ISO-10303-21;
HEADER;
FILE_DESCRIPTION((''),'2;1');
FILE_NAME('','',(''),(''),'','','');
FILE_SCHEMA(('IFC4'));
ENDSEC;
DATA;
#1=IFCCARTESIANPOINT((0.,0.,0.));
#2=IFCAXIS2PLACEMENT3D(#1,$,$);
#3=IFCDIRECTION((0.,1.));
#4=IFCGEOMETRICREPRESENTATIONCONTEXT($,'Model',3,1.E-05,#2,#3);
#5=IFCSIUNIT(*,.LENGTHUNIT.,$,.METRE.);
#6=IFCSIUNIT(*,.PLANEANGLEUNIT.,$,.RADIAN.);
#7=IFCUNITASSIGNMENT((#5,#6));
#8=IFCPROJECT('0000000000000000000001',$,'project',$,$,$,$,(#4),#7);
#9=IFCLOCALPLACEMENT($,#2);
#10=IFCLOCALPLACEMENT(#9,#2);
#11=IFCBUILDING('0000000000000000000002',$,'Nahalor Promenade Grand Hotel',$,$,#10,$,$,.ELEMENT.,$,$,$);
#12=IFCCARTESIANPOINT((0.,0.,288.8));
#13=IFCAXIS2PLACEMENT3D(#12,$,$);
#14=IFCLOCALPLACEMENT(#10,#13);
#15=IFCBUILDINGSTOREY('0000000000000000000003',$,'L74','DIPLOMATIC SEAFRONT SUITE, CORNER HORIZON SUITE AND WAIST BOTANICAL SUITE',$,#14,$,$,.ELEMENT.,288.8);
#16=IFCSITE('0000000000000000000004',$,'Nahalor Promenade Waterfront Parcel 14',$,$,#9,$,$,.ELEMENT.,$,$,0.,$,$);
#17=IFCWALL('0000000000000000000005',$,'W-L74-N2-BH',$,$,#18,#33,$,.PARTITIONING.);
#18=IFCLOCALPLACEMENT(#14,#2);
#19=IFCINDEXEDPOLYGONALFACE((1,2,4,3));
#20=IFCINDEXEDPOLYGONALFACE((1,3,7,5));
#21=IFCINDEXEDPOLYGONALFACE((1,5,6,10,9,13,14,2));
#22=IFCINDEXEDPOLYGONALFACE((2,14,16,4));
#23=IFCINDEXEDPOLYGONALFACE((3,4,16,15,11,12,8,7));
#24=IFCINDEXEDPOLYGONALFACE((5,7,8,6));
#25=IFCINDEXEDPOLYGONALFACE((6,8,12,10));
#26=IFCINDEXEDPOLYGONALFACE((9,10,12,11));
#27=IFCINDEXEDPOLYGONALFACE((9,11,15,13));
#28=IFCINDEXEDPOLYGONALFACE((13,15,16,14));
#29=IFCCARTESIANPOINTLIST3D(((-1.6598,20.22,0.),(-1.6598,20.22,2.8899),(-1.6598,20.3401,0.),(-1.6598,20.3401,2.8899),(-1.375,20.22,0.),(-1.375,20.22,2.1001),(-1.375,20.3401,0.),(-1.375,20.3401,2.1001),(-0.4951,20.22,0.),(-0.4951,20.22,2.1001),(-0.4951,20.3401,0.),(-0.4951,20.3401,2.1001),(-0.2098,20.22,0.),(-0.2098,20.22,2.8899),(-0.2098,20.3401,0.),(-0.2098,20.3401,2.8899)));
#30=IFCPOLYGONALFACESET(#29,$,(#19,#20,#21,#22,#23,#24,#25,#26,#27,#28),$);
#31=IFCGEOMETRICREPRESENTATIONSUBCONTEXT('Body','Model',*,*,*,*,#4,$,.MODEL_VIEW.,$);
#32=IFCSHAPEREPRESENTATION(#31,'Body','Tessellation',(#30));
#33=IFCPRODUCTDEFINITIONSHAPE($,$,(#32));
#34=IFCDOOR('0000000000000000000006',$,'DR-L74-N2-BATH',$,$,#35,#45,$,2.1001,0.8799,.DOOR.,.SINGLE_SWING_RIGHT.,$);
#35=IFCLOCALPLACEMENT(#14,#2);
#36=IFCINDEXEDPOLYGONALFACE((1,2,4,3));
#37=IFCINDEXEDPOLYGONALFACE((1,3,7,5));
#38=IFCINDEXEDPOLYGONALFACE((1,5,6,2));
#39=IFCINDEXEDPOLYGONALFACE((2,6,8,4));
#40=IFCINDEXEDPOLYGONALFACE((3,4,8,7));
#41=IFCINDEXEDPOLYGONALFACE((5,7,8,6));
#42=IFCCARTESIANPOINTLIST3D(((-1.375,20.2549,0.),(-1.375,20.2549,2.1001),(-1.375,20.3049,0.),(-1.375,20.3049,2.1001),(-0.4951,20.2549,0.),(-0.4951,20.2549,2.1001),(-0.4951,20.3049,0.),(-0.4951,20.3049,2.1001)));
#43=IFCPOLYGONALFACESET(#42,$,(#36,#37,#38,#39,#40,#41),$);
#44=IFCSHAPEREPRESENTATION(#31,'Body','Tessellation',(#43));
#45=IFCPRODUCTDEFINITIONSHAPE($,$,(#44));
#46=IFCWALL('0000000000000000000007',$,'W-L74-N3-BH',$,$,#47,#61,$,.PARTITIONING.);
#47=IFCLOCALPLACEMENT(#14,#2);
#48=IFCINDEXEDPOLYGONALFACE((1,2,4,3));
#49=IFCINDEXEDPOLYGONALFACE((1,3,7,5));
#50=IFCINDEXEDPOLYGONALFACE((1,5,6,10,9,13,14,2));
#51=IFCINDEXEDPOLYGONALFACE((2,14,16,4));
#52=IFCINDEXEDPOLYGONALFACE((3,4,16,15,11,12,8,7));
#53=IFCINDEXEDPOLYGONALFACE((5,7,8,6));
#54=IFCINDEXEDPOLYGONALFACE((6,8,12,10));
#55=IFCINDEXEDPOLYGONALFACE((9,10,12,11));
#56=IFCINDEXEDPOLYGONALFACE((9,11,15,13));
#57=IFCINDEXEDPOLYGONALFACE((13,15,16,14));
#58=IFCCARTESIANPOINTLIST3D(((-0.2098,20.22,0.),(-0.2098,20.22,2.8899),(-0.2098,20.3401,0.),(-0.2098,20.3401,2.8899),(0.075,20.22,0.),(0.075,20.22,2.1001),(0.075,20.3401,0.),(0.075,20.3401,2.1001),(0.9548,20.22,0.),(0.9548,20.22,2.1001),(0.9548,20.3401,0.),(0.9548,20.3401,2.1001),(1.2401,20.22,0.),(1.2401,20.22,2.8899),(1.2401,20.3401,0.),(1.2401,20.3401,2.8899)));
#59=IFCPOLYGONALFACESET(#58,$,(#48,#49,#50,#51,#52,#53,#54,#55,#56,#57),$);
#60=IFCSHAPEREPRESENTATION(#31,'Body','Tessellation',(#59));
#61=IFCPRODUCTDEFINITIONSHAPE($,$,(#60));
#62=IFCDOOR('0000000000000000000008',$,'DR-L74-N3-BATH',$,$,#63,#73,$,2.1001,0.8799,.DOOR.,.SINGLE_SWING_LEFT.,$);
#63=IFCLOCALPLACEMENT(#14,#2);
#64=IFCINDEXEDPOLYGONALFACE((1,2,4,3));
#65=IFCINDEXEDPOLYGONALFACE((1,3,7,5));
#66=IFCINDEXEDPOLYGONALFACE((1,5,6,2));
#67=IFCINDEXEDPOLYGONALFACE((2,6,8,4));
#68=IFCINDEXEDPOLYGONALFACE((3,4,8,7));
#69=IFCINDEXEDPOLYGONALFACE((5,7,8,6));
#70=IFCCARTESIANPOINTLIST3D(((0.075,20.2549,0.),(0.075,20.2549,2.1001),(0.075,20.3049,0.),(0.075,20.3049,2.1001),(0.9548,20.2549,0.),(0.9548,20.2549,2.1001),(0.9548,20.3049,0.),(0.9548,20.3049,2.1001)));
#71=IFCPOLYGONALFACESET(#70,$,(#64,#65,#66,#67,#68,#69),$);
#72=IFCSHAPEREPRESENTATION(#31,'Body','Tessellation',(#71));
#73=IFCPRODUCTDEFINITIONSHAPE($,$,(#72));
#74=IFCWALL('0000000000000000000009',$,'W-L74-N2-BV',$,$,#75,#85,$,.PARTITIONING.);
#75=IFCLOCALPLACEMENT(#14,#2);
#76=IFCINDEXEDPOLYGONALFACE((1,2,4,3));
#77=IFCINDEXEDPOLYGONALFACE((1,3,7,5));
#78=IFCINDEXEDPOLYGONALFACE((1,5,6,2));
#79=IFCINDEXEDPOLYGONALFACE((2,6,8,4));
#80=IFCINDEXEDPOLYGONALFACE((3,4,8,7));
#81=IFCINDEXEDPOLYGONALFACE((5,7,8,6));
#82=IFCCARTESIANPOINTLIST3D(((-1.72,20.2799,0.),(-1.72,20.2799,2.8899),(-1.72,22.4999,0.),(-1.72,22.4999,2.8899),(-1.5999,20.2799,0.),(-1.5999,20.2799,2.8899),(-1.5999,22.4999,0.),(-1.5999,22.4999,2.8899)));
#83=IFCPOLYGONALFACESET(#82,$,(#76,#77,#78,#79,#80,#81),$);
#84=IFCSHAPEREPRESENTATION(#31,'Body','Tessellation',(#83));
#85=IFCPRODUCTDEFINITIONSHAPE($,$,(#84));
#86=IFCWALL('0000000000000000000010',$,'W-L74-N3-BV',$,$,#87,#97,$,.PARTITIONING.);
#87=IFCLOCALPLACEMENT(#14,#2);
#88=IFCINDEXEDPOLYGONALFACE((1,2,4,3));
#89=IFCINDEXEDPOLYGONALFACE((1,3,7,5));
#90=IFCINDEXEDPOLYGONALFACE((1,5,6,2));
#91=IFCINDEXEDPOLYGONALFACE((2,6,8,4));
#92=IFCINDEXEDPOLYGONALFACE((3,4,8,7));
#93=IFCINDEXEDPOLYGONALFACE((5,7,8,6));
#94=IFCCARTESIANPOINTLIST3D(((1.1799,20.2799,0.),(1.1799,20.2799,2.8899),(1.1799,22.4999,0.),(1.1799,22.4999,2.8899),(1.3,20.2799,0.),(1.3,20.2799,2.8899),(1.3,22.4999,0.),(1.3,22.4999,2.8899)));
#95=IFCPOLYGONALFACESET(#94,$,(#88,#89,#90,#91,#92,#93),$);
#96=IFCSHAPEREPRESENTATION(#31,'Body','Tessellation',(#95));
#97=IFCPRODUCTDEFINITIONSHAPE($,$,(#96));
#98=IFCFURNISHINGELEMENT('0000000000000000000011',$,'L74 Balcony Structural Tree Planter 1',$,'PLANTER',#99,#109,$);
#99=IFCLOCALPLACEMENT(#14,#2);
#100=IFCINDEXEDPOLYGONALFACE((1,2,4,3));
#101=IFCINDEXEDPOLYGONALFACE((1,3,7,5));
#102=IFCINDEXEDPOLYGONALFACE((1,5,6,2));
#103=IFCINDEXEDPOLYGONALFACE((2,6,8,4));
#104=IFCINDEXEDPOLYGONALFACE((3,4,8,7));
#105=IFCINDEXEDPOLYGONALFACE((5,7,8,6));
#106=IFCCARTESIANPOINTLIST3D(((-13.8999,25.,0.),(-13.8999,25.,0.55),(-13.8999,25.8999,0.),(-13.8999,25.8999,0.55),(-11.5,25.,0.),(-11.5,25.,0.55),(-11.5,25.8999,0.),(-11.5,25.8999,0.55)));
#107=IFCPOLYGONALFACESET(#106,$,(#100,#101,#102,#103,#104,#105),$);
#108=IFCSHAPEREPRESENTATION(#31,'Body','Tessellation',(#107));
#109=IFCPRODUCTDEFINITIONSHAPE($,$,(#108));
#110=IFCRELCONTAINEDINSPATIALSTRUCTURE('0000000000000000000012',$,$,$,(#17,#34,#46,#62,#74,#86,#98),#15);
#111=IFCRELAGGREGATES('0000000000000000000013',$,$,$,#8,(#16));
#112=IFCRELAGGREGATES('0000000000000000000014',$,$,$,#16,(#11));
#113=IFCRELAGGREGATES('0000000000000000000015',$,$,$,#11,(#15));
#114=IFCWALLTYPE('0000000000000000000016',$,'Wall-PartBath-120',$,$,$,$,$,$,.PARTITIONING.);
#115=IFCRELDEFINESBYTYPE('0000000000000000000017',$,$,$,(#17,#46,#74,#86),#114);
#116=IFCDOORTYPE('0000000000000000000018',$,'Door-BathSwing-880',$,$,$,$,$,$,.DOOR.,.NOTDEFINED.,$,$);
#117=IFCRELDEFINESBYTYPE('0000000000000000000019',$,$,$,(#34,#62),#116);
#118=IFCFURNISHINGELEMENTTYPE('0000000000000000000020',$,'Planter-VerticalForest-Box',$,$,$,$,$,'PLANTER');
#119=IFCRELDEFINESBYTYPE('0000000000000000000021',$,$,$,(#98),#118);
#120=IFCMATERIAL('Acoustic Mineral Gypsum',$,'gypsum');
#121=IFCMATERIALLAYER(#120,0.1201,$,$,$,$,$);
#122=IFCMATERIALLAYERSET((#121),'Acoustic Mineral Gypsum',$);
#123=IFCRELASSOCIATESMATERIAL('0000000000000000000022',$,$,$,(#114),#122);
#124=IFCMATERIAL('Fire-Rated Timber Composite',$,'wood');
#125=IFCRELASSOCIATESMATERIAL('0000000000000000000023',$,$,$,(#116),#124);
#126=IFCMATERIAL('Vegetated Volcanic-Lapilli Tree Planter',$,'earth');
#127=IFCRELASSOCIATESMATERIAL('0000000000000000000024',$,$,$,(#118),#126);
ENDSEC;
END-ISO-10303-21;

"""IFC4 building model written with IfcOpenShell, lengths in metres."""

from ifc_helpers import new_model, si_unit, direction, frame, frame_2d, origin, origin_2d, place, context, subcontext, project, spatial, rectangle, extrude, source, transform, mapped, material, layer, layer_set, type_object, element, fill, save


model = new_model("IFC4")

# Units and contexts
model_context = context("Model", 3, precision=1e-05, world=origin(), true_north=direction((0.0, 1.0)))
body_context = subcontext(model_context, "Body", "Model", "MODEL_VIEW")
ifc_project = project(units=[si_unit("LENGTHUNIT", "METRE"), si_unit("PLANEANGLEUNIT", "RADIAN")], contexts=[model_context])

# Site, building, storey
site_placement = place(None, origin())
site = spatial("IfcSite", under=ifc_project, at=site_placement, Name="Nahalor Promenade Waterfront Parcel 14", CompositionType="ELEMENT", RefElevation=0.0)
building_placement = place(site_placement, origin())
building = spatial("IfcBuilding", under=site, at=building_placement, Name="Nahalor Promenade Grand Hotel", CompositionType="ELEMENT")
storey_placement = place(building_placement, frame((0.0, 0.0, 288.8)))
storey = spatial("IfcBuildingStorey", under=building, at=storey_placement, Name="L74", Description="DIPLOMATIC SEAFRONT SUITE, CORNER HORIZON SUITE AND WAIST BOTANICAL SUITE", CompositionType="ELEMENT", Elevation=288.8)

# Walls, openings, doors
ifc_material_1 = material(Name="Acoustic Mineral Gypsum", Category="gypsum")
ifc_layer_1 = layer(ifc_material_1, 0.1201)
ifc_layer_set_1 = layer_set([ifc_layer_1], Name="Acoustic Mineral Gypsum")
wall_type_1 = type_object("IfcWallType", Name="Wall-PartBath-120", PredefinedType="PARTITIONING", material=ifc_layer_set_1)
shared_shape_1 = source(origin(), body_context, "Body", "SweptSolid", [
    extrude(rectangle(XDim=1.45, YDim=0.1201, at=frame_2d((0.7251, 0.0))), origin(), (0.0, 0.0, 1.0), 2.8899),
])
wall_1_placement = place(storey_placement, frame((-1.6599, 20.28, 0.0), z_axis=(0.0, 0.0, 1.0), x_axis=(1.0, 0.0, 0.0)))
wall_1 = element("IfcWall", 1, at=wall_1_placement, inside=storey, type_object=wall_type_1, Name="W-L74-N2-BH", PredefinedType="PARTITIONING", context=body_context, shape_type="MappedRepresentation", body=[
    mapped(shared_shape_1, transform((0.0, 0.0, 0.0), scale=1.0)),
])
opening_1_placement = place(wall_1_placement, frame((0.2849, 0.0, 0.0)))
opening_1 = element("IfcOpeningElement", 2, at=opening_1_placement, cuts=wall_1, PredefinedType="OPENING", context=body_context, shape_type="SweptSolid", body=[
    extrude(rectangle(XDim=0.8799, YDim=2.1001, at=frame_2d((0.4399, 1.05))), frame((0.0, 0.0701, 0.0), z_axis=(0.0, -1.0, 0.0), x_axis=(1.0, 0.0, 0.0)), (0.0, 0.0, 1.0), 0.1401),
])
ifc_material_2 = material(Name="Fire-Rated Timber Composite", Category="wood")
door_type_1 = type_object("IfcDoorType", Name="Door-BathSwing-880", OperationType="NOTDEFINED", PredefinedType="DOOR", material=ifc_material_2)
shared_shape_2 = source(origin(), body_context, "Body", "SweptSolid", [
    extrude(rectangle(XDim=0.8799, YDim=2.1001, at=frame_2d((0.4399, 1.05))), frame((0.0, 0.0249, 0.0), z_axis=(0.0, -1.0, 0.0), x_axis=(1.0, 0.0, 0.0)), (0.0, 0.0, 1.0), 0.05),
])
door_1_placement = place(opening_1_placement, origin())
door_1 = element("IfcDoor", 3, at=door_1_placement, inside=storey, type_object=door_type_1, Name="DR-L74-N2-BATH", OperationType="SINGLE_SWING_RIGHT", OverallHeight=2.1001, OverallWidth=0.8799, PredefinedType="DOOR", context=body_context, shape_type="MappedRepresentation", body=[
    mapped(shared_shape_2, transform((0.0, 0.0, 0.0), scale=1.0)),
])
fill(opening_1, door_1)
wall_2_placement = place(storey_placement, frame((-0.21, 20.28, 0.0), z_axis=(0.0, 0.0, 1.0), x_axis=(1.0, 0.0, 0.0)))
wall_2 = element("IfcWall", 4, at=wall_2_placement, inside=storey, type_object=wall_type_1, Name="W-L74-N3-BH", PredefinedType="PARTITIONING", context=body_context, shape_type="MappedRepresentation", body=[
    mapped(shared_shape_1, transform((0.0, 0.0, 0.0), scale=1.0)),
])
opening_2_placement = place(wall_2_placement, frame((0.2849, 0.0, 0.0)))
opening_2 = element("IfcOpeningElement", 5, at=opening_2_placement, cuts=wall_2, PredefinedType="OPENING", context=body_context, shape_type="SweptSolid", body=[
    extrude(rectangle(XDim=0.8799, YDim=2.1001, at=frame_2d((0.4399, 1.05))), frame((0.0, 0.0701, 0.0), z_axis=(0.0, -1.0, 0.0), x_axis=(1.0, 0.0, 0.0)), (0.0, 0.0, 1.0), 0.1401),
])
door_2_placement = place(opening_2_placement, origin())
door_2 = element("IfcDoor", 6, at=door_2_placement, inside=storey, type_object=door_type_1, Name="DR-L74-N3-BATH", OperationType="SINGLE_SWING_LEFT", OverallHeight=2.1001, OverallWidth=0.8799, PredefinedType="DOOR", context=body_context, shape_type="MappedRepresentation", body=[
    mapped(shared_shape_2, transform((0.0, 0.0, 0.0), scale=1.0)),
])
fill(opening_2, door_2)

# Walls
shared_shape_3 = source(origin(), body_context, "Body", "SweptSolid", [
    extrude(rectangle(XDim=2.22, YDim=0.1201, at=frame_2d((1.1099, 0.0))), origin(), (0.0, 0.0, 1.0), 2.8899),
])
for number, where, z_axis, x_axis, name in (
    (7, (-1.6599, 20.28, 0.0), (0.0, 0.0, 1.0), (0.0, 1.0, 0.0), "W-L74-N2-BV"),
    (8, (1.24, 20.28, 0.0), (0.0, 0.0, 1.0), (0.0, 1.0, 0.0), "W-L74-N3-BV"),
):
    element("IfcWall", number, at=place(storey_placement, frame(where, z_axis=z_axis, x_axis=x_axis)), inside=storey, type_object=wall_type_1, Name=name, PredefinedType="PARTITIONING", context=body_context, shape_type="MappedRepresentation", body=[
        mapped(shared_shape_3, transform((0.0, 0.0, 0.0), scale=1.0)),
    ])

# Furnishing element
ifc_material_3 = material(Name="Vegetated Volcanic-Lapilli Tree Planter", Category="earth")
furnishing_element_type = type_object("IfcFurnishingElementType", Name="Planter-VerticalForest-Box", ElementType="PLANTER", material=ifc_material_3)
shared_shape_4 = source(origin(), body_context, "Body", "SweptSolid", [
    extrude(rectangle(XDim=2.3999, YDim=0.8999, at=origin_2d()), origin(), (0.0, 0.0, 1.0), 0.55),
])
furnishing_placement = place(storey_placement, frame((-12.7, 25.45, 0.0), z_axis=(0.0, 0.0, 1.0), x_axis=(1.0, 0.0, 0.0)))
element("IfcFurnishingElement", 9, at=furnishing_placement, inside=storey, type_object=furnishing_element_type, Name="L74 Balcony Structural Tree Planter 1", ObjectType="PLANTER", context=body_context, shape_type="MappedRepresentation", body=[
    mapped(shared_shape_4, transform((0.0, 0.0, 0.0), scale=1.0)),
])

save(model, "model.ifc")
